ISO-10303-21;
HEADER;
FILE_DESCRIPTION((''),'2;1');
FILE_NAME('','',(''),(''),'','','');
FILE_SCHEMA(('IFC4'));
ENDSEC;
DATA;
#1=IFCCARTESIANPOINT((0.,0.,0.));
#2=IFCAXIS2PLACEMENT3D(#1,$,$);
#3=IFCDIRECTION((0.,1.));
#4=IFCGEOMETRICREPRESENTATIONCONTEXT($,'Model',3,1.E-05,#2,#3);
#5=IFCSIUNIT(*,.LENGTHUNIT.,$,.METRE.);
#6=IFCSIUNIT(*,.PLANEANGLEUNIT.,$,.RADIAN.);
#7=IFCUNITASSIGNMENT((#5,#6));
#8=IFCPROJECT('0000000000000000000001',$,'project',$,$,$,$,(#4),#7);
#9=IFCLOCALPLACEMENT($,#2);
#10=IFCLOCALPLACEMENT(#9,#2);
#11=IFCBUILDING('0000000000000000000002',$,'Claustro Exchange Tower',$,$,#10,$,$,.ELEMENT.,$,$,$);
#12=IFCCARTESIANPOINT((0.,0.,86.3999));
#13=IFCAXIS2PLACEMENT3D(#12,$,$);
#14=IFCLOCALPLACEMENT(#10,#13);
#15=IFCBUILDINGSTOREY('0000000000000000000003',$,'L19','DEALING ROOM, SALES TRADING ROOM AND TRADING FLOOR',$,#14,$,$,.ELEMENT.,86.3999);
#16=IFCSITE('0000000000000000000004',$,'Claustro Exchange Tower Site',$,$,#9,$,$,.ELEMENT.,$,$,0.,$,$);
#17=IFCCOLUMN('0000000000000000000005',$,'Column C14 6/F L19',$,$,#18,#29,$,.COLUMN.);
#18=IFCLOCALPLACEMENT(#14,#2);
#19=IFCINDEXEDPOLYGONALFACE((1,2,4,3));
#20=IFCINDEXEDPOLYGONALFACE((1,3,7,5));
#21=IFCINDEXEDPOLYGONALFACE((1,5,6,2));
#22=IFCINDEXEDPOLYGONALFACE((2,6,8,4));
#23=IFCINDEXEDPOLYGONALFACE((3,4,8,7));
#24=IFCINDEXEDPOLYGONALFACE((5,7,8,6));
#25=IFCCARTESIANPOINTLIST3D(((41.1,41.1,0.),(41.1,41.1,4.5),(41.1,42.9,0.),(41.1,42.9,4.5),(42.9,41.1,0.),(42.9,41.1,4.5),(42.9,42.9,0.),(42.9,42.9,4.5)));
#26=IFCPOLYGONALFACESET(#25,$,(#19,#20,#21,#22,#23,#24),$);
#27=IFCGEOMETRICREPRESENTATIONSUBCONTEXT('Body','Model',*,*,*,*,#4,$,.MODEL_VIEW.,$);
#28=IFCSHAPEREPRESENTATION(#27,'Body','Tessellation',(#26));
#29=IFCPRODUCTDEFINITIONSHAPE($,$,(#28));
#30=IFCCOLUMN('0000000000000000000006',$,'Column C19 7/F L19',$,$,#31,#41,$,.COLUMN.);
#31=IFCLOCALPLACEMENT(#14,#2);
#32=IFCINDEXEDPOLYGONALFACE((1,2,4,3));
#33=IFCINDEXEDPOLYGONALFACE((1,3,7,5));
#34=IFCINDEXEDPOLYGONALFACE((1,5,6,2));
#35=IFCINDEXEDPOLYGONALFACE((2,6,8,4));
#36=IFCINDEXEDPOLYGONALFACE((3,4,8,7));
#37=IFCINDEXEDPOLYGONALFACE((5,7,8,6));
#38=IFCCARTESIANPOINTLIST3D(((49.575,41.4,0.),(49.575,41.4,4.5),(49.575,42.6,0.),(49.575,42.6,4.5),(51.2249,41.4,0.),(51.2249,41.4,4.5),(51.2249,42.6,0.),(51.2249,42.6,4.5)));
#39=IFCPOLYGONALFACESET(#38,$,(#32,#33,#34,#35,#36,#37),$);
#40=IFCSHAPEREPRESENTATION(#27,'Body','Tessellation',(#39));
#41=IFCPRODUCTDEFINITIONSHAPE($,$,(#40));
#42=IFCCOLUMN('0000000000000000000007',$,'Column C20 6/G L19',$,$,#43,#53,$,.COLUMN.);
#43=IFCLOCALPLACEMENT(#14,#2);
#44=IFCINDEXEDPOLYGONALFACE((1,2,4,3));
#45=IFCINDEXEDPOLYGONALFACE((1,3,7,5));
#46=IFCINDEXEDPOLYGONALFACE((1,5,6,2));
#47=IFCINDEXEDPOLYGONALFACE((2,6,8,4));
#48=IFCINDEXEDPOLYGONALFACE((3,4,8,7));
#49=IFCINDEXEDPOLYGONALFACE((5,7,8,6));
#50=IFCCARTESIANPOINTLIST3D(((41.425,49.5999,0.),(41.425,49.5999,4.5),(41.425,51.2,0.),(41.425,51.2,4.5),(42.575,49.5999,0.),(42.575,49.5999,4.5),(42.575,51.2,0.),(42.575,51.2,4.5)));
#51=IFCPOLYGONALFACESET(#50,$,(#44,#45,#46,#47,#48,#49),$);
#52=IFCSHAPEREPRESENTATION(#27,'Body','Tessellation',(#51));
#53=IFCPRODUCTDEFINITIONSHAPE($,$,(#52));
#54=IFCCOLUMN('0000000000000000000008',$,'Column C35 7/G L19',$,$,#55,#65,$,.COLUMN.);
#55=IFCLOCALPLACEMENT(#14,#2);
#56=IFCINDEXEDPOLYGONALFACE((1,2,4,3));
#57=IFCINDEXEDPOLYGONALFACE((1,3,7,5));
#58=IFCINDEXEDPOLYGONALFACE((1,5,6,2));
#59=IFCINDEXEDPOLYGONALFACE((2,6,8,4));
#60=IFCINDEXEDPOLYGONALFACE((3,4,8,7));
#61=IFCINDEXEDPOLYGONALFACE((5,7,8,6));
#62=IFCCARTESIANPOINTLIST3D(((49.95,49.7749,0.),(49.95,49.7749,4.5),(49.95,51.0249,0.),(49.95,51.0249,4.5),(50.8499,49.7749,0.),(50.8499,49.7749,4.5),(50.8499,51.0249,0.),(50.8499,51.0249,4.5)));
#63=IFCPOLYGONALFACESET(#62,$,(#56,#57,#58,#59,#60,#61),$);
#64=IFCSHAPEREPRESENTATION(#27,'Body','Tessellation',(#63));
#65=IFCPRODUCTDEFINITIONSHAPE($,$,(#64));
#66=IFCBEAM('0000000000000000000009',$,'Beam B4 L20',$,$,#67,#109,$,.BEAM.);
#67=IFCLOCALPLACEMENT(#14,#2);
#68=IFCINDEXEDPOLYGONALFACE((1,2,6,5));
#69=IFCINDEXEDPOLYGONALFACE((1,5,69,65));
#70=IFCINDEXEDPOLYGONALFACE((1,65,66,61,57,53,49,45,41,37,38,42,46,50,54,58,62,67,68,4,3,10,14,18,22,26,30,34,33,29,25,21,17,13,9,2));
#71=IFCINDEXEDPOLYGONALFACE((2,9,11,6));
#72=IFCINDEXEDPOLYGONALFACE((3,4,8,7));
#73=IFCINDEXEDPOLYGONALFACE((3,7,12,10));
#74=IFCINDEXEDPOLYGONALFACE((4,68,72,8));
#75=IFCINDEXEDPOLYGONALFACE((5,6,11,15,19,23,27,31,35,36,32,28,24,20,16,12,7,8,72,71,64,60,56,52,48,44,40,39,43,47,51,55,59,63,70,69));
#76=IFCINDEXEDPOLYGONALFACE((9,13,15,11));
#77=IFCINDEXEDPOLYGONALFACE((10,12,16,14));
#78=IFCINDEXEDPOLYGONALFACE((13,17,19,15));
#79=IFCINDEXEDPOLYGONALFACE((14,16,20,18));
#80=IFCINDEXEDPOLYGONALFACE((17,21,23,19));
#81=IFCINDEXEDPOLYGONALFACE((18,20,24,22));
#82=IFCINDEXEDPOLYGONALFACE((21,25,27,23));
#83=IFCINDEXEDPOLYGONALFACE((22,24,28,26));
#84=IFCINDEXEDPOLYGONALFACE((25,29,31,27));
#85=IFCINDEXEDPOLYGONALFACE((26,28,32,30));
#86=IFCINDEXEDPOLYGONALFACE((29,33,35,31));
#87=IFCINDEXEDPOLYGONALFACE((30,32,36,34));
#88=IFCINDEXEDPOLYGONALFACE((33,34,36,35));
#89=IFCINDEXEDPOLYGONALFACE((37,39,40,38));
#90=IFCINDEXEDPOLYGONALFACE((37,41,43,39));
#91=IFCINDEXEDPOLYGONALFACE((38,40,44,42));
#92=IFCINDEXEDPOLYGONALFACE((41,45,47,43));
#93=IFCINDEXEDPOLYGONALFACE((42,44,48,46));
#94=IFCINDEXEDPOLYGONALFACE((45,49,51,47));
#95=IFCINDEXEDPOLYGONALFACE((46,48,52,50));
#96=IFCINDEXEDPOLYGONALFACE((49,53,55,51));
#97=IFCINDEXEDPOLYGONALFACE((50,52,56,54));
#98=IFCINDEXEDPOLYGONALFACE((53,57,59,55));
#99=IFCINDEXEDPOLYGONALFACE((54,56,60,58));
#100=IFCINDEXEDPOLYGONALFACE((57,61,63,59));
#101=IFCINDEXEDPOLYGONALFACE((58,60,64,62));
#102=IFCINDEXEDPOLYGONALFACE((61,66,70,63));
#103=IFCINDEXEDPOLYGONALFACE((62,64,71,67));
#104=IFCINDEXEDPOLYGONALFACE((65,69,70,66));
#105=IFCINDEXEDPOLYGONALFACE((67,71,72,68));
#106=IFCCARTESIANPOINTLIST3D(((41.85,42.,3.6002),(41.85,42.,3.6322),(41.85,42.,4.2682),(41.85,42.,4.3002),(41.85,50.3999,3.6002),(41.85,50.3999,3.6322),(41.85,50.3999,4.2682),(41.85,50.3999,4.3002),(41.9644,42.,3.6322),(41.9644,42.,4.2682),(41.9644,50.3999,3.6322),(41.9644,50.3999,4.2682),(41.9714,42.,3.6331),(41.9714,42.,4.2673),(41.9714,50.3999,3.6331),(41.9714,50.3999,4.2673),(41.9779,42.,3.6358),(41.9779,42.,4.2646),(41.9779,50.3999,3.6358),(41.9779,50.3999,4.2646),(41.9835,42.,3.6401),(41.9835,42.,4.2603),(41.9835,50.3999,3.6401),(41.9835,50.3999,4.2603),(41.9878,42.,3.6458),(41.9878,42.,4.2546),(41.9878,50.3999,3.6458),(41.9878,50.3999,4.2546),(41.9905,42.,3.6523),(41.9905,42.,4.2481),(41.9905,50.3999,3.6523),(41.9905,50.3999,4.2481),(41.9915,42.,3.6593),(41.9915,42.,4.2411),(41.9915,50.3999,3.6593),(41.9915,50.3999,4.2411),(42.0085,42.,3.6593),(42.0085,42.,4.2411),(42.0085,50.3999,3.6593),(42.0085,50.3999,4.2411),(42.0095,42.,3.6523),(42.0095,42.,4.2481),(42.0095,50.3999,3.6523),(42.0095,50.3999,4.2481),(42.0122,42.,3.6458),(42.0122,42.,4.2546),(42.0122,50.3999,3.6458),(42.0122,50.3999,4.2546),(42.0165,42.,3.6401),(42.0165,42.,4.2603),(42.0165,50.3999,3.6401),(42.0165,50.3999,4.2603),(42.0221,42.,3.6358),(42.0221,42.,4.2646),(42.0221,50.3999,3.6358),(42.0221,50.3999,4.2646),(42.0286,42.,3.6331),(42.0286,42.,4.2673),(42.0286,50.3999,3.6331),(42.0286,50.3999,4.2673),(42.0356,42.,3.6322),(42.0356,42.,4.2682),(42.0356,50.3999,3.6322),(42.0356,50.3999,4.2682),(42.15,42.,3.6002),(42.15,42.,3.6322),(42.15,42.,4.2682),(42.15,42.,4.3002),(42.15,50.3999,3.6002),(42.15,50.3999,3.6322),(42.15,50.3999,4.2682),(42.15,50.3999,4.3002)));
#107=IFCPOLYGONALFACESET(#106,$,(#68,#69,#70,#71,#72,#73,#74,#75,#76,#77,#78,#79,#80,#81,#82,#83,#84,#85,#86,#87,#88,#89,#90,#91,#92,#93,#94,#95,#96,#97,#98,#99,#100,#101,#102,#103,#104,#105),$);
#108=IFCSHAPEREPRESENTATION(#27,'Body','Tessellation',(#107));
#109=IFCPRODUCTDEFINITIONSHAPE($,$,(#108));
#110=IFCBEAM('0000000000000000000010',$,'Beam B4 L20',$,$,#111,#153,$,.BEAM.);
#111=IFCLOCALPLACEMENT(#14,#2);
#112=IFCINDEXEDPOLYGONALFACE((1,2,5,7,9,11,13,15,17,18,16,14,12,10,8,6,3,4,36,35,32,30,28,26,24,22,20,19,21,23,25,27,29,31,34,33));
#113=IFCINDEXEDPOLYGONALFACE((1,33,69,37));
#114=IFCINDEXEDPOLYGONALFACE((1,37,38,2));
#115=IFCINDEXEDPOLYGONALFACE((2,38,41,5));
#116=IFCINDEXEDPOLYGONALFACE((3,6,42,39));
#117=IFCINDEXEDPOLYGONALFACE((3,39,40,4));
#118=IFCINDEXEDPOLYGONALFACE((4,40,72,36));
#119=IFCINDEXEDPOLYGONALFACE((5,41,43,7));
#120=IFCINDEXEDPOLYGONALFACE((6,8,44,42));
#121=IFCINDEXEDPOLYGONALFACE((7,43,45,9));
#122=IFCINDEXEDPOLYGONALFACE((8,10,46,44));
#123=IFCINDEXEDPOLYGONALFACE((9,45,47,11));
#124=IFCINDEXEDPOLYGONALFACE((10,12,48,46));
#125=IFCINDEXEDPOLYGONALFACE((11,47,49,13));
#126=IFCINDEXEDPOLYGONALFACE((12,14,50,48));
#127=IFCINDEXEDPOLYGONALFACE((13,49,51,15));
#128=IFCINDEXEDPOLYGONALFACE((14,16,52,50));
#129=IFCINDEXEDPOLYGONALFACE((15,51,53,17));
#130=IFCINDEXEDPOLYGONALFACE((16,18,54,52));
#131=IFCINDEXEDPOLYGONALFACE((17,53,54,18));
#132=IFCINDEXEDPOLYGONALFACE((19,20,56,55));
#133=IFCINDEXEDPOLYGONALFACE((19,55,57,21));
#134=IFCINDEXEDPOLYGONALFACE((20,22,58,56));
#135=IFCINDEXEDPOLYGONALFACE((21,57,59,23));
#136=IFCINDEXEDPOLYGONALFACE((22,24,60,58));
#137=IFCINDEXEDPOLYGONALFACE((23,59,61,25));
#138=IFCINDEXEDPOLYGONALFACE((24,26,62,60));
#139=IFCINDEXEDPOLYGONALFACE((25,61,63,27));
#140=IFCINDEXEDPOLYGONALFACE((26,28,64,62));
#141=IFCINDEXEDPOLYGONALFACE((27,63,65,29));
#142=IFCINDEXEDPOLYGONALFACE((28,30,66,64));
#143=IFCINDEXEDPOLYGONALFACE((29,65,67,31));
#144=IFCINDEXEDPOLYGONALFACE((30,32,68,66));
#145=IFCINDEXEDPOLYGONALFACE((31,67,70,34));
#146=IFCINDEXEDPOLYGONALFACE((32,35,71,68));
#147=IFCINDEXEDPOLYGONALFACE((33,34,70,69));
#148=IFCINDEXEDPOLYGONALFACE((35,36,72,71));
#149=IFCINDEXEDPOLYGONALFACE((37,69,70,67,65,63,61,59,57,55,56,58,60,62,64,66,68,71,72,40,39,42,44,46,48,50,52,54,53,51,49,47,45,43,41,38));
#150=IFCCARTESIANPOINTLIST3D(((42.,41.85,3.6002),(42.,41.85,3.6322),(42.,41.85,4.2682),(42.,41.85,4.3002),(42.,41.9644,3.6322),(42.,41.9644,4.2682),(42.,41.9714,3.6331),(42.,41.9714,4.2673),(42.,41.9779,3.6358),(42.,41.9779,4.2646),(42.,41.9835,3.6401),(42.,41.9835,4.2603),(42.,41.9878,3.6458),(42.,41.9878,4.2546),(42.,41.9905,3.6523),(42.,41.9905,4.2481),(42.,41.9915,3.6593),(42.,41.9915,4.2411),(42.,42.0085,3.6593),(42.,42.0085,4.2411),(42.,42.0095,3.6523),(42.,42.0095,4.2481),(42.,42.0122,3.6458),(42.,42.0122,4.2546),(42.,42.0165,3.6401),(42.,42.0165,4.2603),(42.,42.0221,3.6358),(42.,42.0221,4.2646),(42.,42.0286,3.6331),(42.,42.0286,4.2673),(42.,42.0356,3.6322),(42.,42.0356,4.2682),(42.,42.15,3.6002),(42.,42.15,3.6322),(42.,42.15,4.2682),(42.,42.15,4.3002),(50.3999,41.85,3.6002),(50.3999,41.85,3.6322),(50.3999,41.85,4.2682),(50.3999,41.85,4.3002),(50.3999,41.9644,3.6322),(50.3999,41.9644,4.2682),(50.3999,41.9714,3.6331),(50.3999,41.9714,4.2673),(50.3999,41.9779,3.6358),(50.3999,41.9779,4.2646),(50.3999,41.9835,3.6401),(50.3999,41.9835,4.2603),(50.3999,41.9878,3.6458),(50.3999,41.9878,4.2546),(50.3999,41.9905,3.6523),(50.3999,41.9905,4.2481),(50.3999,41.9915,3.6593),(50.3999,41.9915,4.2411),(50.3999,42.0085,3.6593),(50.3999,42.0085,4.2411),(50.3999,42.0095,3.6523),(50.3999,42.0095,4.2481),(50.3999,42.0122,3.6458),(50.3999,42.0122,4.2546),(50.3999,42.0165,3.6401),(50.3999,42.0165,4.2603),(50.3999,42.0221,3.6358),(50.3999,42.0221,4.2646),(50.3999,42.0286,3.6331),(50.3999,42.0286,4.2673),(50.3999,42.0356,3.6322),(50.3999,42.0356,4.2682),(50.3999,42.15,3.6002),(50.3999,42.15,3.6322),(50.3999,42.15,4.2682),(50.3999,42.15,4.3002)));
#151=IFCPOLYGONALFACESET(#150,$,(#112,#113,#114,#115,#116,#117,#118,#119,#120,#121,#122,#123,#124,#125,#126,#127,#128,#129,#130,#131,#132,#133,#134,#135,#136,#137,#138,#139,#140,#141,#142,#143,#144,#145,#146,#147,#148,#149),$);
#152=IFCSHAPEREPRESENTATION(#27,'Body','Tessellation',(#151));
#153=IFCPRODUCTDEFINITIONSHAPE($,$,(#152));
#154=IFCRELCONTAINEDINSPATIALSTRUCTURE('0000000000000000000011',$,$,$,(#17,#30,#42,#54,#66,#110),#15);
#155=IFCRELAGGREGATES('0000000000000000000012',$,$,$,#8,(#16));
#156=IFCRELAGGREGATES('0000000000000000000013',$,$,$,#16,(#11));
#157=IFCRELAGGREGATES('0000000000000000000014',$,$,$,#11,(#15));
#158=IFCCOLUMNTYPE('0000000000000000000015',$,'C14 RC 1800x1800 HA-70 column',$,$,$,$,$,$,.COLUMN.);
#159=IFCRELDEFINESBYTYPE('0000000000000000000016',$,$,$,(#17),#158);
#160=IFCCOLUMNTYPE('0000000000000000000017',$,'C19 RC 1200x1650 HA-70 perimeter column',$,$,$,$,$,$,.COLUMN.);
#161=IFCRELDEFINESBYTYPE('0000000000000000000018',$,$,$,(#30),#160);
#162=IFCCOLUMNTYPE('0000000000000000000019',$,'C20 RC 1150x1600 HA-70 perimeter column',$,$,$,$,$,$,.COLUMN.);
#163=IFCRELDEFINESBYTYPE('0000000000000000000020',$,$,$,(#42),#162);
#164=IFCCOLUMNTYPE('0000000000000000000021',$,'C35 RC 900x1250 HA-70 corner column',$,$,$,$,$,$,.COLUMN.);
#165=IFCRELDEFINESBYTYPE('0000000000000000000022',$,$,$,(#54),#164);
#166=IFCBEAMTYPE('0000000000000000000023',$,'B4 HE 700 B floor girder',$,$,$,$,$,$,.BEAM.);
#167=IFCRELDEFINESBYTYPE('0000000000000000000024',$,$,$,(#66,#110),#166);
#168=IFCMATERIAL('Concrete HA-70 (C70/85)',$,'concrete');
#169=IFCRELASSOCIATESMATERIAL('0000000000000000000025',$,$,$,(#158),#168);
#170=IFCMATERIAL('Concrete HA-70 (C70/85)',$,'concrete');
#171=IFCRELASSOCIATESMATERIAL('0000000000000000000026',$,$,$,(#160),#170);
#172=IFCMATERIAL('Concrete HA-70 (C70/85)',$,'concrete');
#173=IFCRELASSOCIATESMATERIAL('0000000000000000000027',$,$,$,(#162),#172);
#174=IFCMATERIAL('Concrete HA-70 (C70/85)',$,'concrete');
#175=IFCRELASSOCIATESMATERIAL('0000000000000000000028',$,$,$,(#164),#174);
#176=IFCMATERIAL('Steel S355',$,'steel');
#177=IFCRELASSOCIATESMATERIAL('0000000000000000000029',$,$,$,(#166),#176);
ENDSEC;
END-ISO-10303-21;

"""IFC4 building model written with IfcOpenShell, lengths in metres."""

from ifc_helpers import new_model, si_unit, direction, frame, origin, origin_2d, place, context, subcontext, project, spatial, rectangle, i_section, extrude, material, material_profile, profile_set, type_object, element, save


model = new_model("IFC4")

# Units and contexts
model_context = context("Model", 3, precision=1e-05, world=origin(), true_north=direction((0.0, 1.0)))
body_context = subcontext(model_context, "Body", "Model", "MODEL_VIEW")
ifc_project = project(units=[si_unit("LENGTHUNIT", "METRE"), si_unit("PLANEANGLEUNIT", "RADIAN")], contexts=[model_context])

# Site, building, storey
site_placement = place(None, origin())
site = spatial("IfcSite", under=ifc_project, at=site_placement, Name="Claustro Exchange Tower Site", CompositionType="ELEMENT", RefElevation=0.0)
building_placement = place(site_placement, origin())
building = spatial("IfcBuilding", under=site, at=building_placement, Name="Claustro Exchange Tower", CompositionType="ELEMENT")
storey_placement = place(building_placement, frame((0.0, 0.0, 86.3999)))
storey = spatial("IfcBuildingStorey", under=building, at=storey_placement, Name="L19", Description="DEALING ROOM, SALES TRADING ROOM AND TRADING FLOOR", CompositionType="ELEMENT", Elevation=86.3999)

# Columns
ifc_material_1 = material(Name="Concrete HA-70 (C70/85)", Category="concrete")
ifc_material_profile_1 = material_profile(ifc_material_1, rectangle(XDim=1.8, YDim=1.8, at=origin_2d()), Name="RC 1800x1800")
ifc_profile_set_1 = profile_set([ifc_material_profile_1], Name="Concrete HA-70 (C70/85)")
column_type_1 = type_object("IfcColumnType", Name="C14 RC 1800x1800 HA-70 column", PredefinedType="COLUMN", material=ifc_profile_set_1)
column_1_placement = place(storey_placement, frame((42.0, 42.0, 0.0), z_axis=(0.0, 0.0, 1.0), x_axis=(1.0, 0.0, 0.0)))
element("IfcColumn", 1, at=column_1_placement, inside=storey, type_object=column_type_1, Name="Column C14 6/F L19", PredefinedType="COLUMN", context=body_context, shape_type="SweptSolid", body=[
    extrude(rectangle(XDim=1.8, YDim=1.8, at=origin_2d()), origin(), (0.0, 0.0, 1.0), 4.5),
])
ifc_material_2 = material(Name="Concrete HA-70 (C70/85)", Category="concrete")
ifc_material_profile_2 = material_profile(ifc_material_2, rectangle(XDim=1.2, YDim=1.6499, at=origin_2d()), Name="RC 1200x1650")
ifc_profile_set_2 = profile_set([ifc_material_profile_2], Name="Concrete HA-70 (C70/85)")
column_type_2 = type_object("IfcColumnType", Name="C19 RC 1200x1650 HA-70 perimeter column", PredefinedType="COLUMN", material=ifc_profile_set_2)
column_2_placement = place(storey_placement, frame((50.3999, 42.0, 0.0), z_axis=(0.0, 0.0, 1.0), x_axis=(0.0, 1.0, 0.0)))
element("IfcColumn", 2, at=column_2_placement, inside=storey, type_object=column_type_2, Name="Column C19 7/F L19", PredefinedType="COLUMN", context=body_context, shape_type="SweptSolid", body=[
    extrude(rectangle(XDim=1.2, YDim=1.6499, at=origin_2d()), origin(), (0.0, 0.0, 1.0), 4.5),
])
ifc_material_3 = material(Name="Concrete HA-70 (C70/85)", Category="concrete")
ifc_material_profile_3 = material_profile(ifc_material_3, rectangle(XDim=1.1499, YDim=1.6001, at=origin_2d()), Name="RC 1150x1600")
ifc_profile_set_3 = profile_set([ifc_material_profile_3], Name="Concrete HA-70 (C70/85)")
column_type_3 = type_object("IfcColumnType", Name="C20 RC 1150x1600 HA-70 perimeter column", PredefinedType="COLUMN", material=ifc_profile_set_3)
column_3_placement = place(storey_placement, frame((42.0, 50.3999, 0.0), z_axis=(0.0, 0.0, 1.0), x_axis=(1.0, 0.0, 0.0)))
element("IfcColumn", 3, at=column_3_placement, inside=storey, type_object=column_type_3, Name="Column C20 6/G L19", PredefinedType="COLUMN", context=body_context, shape_type="SweptSolid", body=[
    extrude(rectangle(XDim=1.1499, YDim=1.6001, at=origin_2d()), origin(), (0.0, 0.0, 1.0), 4.5),
])
ifc_material_4 = material(Name="Concrete HA-70 (C70/85)", Category="concrete")
ifc_material_profile_4 = material_profile(ifc_material_4, rectangle(XDim=0.8999, YDim=1.25, at=origin_2d()), Name="RC 900x1250")
ifc_profile_set_4 = profile_set([ifc_material_profile_4], Name="Concrete HA-70 (C70/85)")
column_type_4 = type_object("IfcColumnType", Name="C35 RC 900x1250 HA-70 corner column", PredefinedType="COLUMN", material=ifc_profile_set_4)
column_4_placement = place(storey_placement, frame((50.3999, 50.3999, 0.0), z_axis=(0.0, 0.0, 1.0), x_axis=(1.0, 0.0, 0.0)))
element("IfcColumn", 4, at=column_4_placement, inside=storey, type_object=column_type_4, Name="Column C35 7/G L19", PredefinedType="COLUMN", context=body_context, shape_type="SweptSolid", body=[
    extrude(rectangle(XDim=0.8999, YDim=1.25, at=origin_2d()), origin(), (0.0, 0.0, 1.0), 4.5),
])

# Beams
ifc_material_5 = material(Name="Steel S355", Category="steel")
ifc_material_profile_5 = material_profile(ifc_material_5, i_section(OverallWidth=0.3, OverallDepth=0.7, WebThickness=0.0171, FlangeThickness=0.032, FilletRadius=0.0271, at=origin_2d()), Name="HE 700 B")
ifc_profile_set_5 = profile_set([ifc_material_profile_5], Name="Steel S355")
beam_type_1 = type_object("IfcBeamType", Name="B4 HE 700 B floor girder", PredefinedType="BEAM", material=ifc_profile_set_5)
for number, where, z_axis, x_axis, name in (
    (5, (42.0, 42.0, 3.9502), (0.0, 1.0, 0.0), (-1.0, 0.0, 0.0), "Beam B4 L20"),
    (6, (42.0, 42.0, 3.9502), (1.0, 0.0, 0.0), (0.0, 1.0, 0.0), "Beam B4 L20"),
):
    element("IfcBeam", number, at=place(storey_placement, frame(where, z_axis=z_axis, x_axis=x_axis)), inside=storey, type_object=beam_type_1, Name=name, PredefinedType="BEAM", context=body_context, shape_type="SweptSolid", body=[
        extrude(i_section(OverallWidth=0.3, OverallDepth=0.7, WebThickness=0.0171, FlangeThickness=0.032, FilletRadius=0.0271, at=origin_2d()), origin(), (0.0, 0.0, 1.0), 8.3999),
    ])

save(model, "model.ifc")
